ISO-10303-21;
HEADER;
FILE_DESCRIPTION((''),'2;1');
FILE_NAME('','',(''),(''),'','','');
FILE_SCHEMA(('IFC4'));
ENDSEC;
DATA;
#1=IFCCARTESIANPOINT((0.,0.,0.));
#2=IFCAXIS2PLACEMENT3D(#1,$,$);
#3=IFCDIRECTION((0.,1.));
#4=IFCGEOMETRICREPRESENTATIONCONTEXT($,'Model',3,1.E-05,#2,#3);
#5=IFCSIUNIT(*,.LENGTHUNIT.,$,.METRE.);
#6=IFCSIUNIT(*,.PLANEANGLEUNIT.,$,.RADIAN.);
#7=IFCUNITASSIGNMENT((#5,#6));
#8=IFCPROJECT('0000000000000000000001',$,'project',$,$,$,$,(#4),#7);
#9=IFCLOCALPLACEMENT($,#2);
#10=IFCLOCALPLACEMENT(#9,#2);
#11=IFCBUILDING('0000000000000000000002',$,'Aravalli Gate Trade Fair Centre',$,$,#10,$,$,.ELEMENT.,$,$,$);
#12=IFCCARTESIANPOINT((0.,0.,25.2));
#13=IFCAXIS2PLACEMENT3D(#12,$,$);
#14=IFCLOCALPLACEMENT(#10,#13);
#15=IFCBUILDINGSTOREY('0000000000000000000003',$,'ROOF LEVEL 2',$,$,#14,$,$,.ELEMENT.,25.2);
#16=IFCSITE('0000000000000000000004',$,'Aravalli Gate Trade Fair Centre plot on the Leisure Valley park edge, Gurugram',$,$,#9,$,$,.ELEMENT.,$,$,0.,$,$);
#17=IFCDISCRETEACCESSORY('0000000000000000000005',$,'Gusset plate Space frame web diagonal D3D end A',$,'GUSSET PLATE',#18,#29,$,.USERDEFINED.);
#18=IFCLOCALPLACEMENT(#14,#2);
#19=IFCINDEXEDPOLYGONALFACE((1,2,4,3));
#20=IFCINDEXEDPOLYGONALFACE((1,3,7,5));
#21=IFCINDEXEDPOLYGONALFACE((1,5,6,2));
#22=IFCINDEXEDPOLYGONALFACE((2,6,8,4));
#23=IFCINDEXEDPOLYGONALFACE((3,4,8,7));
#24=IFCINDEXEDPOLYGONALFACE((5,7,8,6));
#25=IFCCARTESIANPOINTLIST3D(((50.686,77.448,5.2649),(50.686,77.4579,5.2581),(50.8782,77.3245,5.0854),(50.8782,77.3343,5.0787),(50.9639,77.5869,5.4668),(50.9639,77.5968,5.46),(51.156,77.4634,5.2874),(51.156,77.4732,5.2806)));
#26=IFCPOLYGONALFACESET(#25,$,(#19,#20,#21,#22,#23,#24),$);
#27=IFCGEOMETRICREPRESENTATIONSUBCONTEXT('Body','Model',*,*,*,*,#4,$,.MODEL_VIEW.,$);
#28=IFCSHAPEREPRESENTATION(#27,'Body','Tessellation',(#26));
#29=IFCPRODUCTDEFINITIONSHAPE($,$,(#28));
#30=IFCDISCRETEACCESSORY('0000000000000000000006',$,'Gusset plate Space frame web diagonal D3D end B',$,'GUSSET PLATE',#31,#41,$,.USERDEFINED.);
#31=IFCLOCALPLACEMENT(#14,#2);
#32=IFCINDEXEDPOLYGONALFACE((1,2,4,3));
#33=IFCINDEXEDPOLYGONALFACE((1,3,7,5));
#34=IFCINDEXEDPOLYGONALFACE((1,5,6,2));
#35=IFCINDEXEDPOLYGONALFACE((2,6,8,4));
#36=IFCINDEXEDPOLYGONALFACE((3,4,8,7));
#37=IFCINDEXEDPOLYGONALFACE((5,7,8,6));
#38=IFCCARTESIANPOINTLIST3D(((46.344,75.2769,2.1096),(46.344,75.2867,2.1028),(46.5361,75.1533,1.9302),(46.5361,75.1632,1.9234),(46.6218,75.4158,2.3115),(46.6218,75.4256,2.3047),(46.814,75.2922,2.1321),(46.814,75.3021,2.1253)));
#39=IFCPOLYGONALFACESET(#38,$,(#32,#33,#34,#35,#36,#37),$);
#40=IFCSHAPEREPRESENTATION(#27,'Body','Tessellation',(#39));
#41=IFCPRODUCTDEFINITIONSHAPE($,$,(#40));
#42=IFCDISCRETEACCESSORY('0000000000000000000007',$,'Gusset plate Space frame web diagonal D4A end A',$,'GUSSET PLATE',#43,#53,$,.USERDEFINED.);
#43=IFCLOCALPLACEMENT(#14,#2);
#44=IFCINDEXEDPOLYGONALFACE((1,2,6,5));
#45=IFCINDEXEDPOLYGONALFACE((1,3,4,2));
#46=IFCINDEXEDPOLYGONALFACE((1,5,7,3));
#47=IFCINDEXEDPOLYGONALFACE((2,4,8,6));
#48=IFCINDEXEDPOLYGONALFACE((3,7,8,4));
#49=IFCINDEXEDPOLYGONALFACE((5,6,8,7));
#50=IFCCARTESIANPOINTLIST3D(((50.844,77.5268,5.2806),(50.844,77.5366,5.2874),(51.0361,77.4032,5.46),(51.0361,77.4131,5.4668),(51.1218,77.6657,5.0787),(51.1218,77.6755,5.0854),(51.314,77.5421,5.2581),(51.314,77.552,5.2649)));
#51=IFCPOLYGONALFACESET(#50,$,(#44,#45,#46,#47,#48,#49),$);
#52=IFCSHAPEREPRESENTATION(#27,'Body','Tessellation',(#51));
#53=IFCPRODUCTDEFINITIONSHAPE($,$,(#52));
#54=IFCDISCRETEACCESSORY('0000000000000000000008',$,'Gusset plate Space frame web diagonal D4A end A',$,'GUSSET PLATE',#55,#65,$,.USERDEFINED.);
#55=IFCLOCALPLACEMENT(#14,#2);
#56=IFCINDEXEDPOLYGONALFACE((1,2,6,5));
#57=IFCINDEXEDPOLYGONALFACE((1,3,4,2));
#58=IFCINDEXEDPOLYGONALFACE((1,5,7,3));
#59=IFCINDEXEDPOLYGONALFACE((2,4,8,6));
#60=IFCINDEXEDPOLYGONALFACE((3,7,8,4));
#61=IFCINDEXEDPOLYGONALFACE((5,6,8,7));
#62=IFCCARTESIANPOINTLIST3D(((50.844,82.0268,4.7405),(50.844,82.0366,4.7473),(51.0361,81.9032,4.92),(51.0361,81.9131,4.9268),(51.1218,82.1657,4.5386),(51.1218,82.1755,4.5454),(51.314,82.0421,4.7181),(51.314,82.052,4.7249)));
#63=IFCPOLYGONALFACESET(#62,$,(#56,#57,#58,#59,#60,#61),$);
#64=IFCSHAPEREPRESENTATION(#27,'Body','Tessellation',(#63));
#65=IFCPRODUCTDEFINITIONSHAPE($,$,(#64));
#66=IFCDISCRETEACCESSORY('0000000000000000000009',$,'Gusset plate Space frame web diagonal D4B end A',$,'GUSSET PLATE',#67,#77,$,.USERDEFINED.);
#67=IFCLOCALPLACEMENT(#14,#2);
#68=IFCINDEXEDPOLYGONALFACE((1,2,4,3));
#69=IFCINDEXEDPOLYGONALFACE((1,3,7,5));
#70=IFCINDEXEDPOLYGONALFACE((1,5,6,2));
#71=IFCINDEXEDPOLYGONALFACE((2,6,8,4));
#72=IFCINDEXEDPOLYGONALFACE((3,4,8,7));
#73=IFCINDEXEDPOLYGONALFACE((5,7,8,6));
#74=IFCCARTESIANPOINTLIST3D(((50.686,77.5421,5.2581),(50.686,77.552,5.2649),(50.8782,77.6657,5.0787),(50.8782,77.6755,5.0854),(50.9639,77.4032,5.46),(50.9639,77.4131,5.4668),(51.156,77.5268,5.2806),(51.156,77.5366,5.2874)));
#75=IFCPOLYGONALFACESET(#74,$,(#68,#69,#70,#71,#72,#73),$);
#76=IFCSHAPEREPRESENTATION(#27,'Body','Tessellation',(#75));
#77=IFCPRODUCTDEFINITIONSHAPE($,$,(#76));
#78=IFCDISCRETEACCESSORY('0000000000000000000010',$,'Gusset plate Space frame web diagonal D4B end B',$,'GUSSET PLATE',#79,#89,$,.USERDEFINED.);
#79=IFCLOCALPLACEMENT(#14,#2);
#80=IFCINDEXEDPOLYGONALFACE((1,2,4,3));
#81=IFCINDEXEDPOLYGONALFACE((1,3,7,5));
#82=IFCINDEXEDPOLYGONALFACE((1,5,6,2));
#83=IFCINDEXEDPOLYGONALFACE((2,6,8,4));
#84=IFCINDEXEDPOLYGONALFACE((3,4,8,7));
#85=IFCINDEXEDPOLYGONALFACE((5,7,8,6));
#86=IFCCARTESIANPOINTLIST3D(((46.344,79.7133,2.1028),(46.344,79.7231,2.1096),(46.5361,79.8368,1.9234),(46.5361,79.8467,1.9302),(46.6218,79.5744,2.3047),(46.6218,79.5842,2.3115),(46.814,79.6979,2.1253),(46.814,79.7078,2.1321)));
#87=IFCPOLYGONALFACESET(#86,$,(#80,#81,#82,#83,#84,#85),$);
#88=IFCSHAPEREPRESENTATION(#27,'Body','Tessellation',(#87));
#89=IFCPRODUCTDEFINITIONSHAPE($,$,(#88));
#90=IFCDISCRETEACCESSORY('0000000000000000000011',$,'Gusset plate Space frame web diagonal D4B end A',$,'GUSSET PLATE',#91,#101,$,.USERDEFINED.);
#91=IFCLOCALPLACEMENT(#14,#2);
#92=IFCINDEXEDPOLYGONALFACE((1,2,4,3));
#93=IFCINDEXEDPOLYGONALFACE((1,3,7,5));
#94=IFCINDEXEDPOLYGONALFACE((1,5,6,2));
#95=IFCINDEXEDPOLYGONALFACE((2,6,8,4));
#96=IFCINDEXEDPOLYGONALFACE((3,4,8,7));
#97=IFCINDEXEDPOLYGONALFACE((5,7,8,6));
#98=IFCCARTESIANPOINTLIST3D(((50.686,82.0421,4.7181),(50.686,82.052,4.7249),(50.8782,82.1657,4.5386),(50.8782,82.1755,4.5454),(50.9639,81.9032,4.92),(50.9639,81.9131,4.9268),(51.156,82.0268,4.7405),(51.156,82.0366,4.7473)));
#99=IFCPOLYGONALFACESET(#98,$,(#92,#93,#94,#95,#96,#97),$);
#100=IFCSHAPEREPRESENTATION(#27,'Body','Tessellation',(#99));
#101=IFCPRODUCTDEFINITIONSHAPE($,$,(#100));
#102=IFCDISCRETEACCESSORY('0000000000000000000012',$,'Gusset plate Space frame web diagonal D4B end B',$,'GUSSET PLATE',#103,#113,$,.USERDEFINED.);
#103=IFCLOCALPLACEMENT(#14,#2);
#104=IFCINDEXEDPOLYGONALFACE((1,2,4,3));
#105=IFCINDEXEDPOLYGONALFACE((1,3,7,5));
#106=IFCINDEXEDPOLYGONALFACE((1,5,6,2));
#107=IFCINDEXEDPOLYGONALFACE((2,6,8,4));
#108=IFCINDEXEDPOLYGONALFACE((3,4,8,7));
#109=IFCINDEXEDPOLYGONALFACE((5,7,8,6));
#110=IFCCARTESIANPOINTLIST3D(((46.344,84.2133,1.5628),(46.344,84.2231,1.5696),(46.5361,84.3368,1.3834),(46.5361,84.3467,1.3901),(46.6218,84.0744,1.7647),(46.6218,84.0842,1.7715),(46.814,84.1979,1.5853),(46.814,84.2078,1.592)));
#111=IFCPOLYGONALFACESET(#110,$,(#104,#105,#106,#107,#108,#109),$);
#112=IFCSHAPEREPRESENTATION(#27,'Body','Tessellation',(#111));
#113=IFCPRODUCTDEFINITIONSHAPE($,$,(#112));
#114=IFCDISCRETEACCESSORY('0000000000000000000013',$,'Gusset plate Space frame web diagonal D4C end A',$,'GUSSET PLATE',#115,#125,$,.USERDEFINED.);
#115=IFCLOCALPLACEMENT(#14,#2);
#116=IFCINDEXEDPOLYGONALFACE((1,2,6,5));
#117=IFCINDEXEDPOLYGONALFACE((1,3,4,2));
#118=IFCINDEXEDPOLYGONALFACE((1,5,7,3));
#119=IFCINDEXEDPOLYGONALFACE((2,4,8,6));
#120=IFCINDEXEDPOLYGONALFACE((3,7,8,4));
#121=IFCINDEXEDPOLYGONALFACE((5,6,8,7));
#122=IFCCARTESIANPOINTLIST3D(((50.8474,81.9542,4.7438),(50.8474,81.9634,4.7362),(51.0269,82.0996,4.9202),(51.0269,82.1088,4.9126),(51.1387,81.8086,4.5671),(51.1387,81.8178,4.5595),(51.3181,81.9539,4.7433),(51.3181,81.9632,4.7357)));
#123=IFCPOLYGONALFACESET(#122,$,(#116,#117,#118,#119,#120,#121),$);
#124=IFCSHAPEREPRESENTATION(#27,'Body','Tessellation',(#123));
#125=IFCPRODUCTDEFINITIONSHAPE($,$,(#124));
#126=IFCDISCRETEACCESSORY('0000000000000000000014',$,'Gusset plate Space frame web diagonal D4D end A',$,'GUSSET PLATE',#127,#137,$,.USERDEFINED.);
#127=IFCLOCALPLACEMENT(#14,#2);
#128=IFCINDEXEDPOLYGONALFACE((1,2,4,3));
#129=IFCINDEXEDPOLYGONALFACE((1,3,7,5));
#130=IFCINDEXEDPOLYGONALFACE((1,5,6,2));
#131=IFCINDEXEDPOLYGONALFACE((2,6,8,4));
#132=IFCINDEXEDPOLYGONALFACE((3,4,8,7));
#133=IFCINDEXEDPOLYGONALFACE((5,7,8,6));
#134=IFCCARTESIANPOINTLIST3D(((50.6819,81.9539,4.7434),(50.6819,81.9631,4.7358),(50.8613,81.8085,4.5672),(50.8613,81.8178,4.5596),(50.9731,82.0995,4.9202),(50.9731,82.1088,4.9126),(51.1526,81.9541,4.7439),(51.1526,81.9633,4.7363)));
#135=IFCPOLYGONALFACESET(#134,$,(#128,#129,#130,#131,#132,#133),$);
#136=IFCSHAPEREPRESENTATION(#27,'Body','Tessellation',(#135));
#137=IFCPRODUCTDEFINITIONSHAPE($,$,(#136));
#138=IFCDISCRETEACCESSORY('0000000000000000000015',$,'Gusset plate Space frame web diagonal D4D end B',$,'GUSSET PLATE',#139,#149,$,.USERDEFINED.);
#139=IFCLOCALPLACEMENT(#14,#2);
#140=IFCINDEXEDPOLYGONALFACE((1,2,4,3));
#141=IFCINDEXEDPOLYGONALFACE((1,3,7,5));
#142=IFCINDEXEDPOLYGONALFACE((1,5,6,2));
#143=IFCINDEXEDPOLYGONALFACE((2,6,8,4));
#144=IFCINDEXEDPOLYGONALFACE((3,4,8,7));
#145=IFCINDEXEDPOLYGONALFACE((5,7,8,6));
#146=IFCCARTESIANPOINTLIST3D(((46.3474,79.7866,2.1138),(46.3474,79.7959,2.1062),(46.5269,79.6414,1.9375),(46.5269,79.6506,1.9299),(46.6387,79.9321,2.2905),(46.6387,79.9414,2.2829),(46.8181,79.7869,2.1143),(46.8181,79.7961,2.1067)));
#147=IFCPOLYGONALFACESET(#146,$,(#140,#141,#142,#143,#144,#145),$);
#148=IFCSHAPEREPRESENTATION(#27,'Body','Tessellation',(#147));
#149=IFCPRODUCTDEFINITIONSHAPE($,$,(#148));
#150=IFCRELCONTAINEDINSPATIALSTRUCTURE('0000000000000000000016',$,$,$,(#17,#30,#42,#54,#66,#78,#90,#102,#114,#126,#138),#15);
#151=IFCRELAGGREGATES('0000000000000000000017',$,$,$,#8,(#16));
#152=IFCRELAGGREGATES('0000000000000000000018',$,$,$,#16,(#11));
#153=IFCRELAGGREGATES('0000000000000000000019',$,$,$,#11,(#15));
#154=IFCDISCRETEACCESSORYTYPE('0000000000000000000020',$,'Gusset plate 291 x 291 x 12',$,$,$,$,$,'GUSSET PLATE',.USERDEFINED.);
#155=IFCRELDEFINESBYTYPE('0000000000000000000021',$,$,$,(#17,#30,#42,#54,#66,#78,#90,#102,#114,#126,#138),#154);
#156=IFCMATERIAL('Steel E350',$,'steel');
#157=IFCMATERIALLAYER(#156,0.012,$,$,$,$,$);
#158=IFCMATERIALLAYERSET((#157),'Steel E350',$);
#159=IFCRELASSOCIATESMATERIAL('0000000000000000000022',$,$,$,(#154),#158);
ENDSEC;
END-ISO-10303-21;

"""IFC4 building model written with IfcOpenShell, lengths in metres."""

from ifc_helpers import new_model, si_unit, direction, frame, origin, place, context, subcontext, project, spatial, polyline, outline, extrude, material, layer, layer_set, type_object, element, save


model = new_model("IFC4")

# Units and contexts
model_context = context("Model", 3, precision=1e-05, world=origin(), true_north=direction((0.0, 1.0)))
body_context = subcontext(model_context, "Body", "Model", "MODEL_VIEW")
ifc_project = project(units=[si_unit("LENGTHUNIT", "METRE"), si_unit("PLANEANGLEUNIT", "RADIAN")], contexts=[model_context])

# Site, building, storey
site_placement = place(None, origin())
site = spatial("IfcSite", under=ifc_project, at=site_placement, Name="Aravalli Gate Trade Fair Centre plot on the Leisure Valley park edge, Gurugram", CompositionType="ELEMENT", RefElevation=0.0)
building_placement = place(site_placement, origin())
building = spatial("IfcBuilding", under=site, at=building_placement, Name="Aravalli Gate Trade Fair Centre", CompositionType="ELEMENT")
storey_placement = place(building_placement, frame((0.0, 0.0, 25.2)))
storey = spatial("IfcBuildingStorey", under=building, at=storey_placement, Name="ROOF LEVEL 2", CompositionType="ELEMENT", Elevation=25.2)

# Shared definitions
ifc_material_1 = material(Name="Steel E350", Category="steel")

# Discrete accessories
ifc_layer_1 = layer(ifc_material_1, 0.012)
ifc_layer_set_1 = layer_set([ifc_layer_1], Name="Steel E350")
discrete_accessory_type = type_object("IfcDiscreteAccessoryType", Name="Gusset plate 291 x 291 x 12", ElementType="GUSSET PLATE", PredefinedType="USERDEFINED", material=ifc_layer_set_1)
discrete_accessory_1_placement = place(storey_placement, frame((50.686, 77.448, 5.2649), z_axis=(-0.000137, -0.82375, 0.566952), x_axis=(0.749929, 0.374965, 0.544984)))
element("IfcDiscreteAccessory", 1, at=discrete_accessory_1_placement, inside=storey, type_object=discrete_accessory_type, Name="Gusset plate Space frame web diagonal D3D end A", ObjectType="GUSSET PLATE", PredefinedType="USERDEFINED", context=body_context, shape_type="SweptSolid", body=[
    extrude(outline(polyline([(0.0, 0.0), (0.3705, 0.0), (0.3705, -0.2905), (0.0, -0.2905), (0.0, 0.0)])), origin(), (0.0, 0.0, -1.0), 0.012),
])
for number, where, z_axis, x_axis, name in (
    (2, (46.6218, 75.4158, 2.3115), (-0.000137, -0.82375, 0.566952), (-0.749929, -0.374965, -0.544984), "Gusset plate Space frame web diagonal D3D end B"),
    (3, (51.1218, 77.6755, 5.0854), (0.000137, 0.82375, 0.566952), (-0.749929, -0.374965, 0.544984), "Gusset plate Space frame web diagonal D4A end A"),
    (4, (51.1218, 82.1755, 4.5454), (0.000137, 0.82375, 0.566952), (-0.749929, -0.374965, 0.544984), "Gusset plate Space frame web diagonal D4A end A"),
):
    element("IfcDiscreteAccessory", number, at=place(storey_placement, frame(where, z_axis=z_axis, x_axis=x_axis)), inside=storey, type_object=discrete_accessory_type, Name=name, ObjectType="GUSSET PLATE", PredefinedType="USERDEFINED", context=body_context, shape_type="SweptSolid", body=[
        extrude(outline(polyline([(0.0, 0.0), (0.3705, 0.0), (0.3705, 0.2905), (0.0, 0.2905), (0.0, 0.0)])), origin(), (0.0, 0.0, -1.0), 0.012),
    ])
discrete_accessory_2_placement = place(storey_placement, frame((50.686, 77.552, 5.2649), z_axis=(-0.000137, 0.82375, 0.566952), x_axis=(0.749929, -0.374965, 0.544984)))
element("IfcDiscreteAccessory", 5, at=discrete_accessory_2_placement, inside=storey, type_object=discrete_accessory_type, Name="Gusset plate Space frame web diagonal D4B end A", ObjectType="GUSSET PLATE", PredefinedType="USERDEFINED", context=body_context, shape_type="SweptSolid", body=[
    extrude(outline(polyline([(0.0, 0.0), (0.3705, 0.0), (0.3705, 0.2905), (0.0, 0.2905), (0.0, 0.0)])), origin(), (0.0, 0.0, -1.0), 0.012),
])
discrete_accessory_3_placement = place(storey_placement, frame((46.6218, 79.5842, 2.3115), z_axis=(-0.000137, 0.82375, 0.566952), x_axis=(-0.749929, 0.374965, -0.544984)))
element("IfcDiscreteAccessory", 6, at=discrete_accessory_3_placement, inside=storey, type_object=discrete_accessory_type, Name="Gusset plate Space frame web diagonal D4B end B", ObjectType="GUSSET PLATE", PredefinedType="USERDEFINED", context=body_context, shape_type="SweptSolid", body=[
    extrude(outline(polyline([(0.0, 0.0), (0.3705, 0.0), (0.3705, -0.2905), (0.0, -0.2905), (0.0, 0.0)])), origin(), (0.0, 0.0, -1.0), 0.012),
])
discrete_accessory_4_placement = place(storey_placement, frame((50.686, 82.052, 4.7249), z_axis=(-0.000137, 0.82375, 0.566952), x_axis=(0.749929, -0.374965, 0.544984)))
element("IfcDiscreteAccessory", 7, at=discrete_accessory_4_placement, inside=storey, type_object=discrete_accessory_type, Name="Gusset plate Space frame web diagonal D4B end A", ObjectType="GUSSET PLATE", PredefinedType="USERDEFINED", context=body_context, shape_type="SweptSolid", body=[
    extrude(outline(polyline([(0.0, 0.0), (0.3705, 0.0), (0.3705, 0.2905), (0.0, 0.2905), (0.0, 0.0)])), origin(), (0.0, 0.0, -1.0), 0.012),
])
discrete_accessory_5_placement = place(storey_placement, frame((46.6218, 84.0842, 1.7715), z_axis=(-0.000137, 0.82375, 0.566952), x_axis=(-0.749929, 0.374965, -0.544984)))
element("IfcDiscreteAccessory", 8, at=discrete_accessory_5_placement, inside=storey, type_object=discrete_accessory_type, Name="Gusset plate Space frame web diagonal D4B end B", ObjectType="GUSSET PLATE", PredefinedType="USERDEFINED", context=body_context, shape_type="SweptSolid", body=[
    extrude(outline(polyline([(0.0, 0.0), (0.3705, 0.0), (0.3705, -0.2905), (0.0, -0.2905), (0.0, 0.0)])), origin(), (0.0, 0.0, -1.0), 0.012),
])
discrete_accessory_6_placement = place(storey_placement, frame((51.1387, 81.8086, 4.5671), z_axis=(0.00026, -0.771582, 0.63613), x_axis=(-0.78619, 0.392962, 0.476956)))
element("IfcDiscreteAccessory", 9, at=discrete_accessory_6_placement, inside=storey, type_object=discrete_accessory_type, Name="Gusset plate Space frame web diagonal D4C end A", ObjectType="GUSSET PLATE", PredefinedType="USERDEFINED", context=body_context, shape_type="SweptSolid", body=[
    extrude(outline(polyline([(0.0, 0.0), (0.3705, 0.0), (0.3706, -0.2906), (0.0001, -0.2905), (0.0, 0.0)])), origin(), (0.0, 0.0, -1.0), 0.012),
])
discrete_accessory_7_placement = place(storey_placement, frame((50.6819, 81.9539, 4.7434), z_axis=(-0.00026, -0.771582, 0.63613), x_axis=(0.785986, 0.393126, 0.477156)))
element("IfcDiscreteAccessory", 10, at=discrete_accessory_7_placement, inside=storey, type_object=discrete_accessory_type, Name="Gusset plate Space frame web diagonal D4D end A", ObjectType="GUSSET PLATE", PredefinedType="USERDEFINED", context=body_context, shape_type="SweptSolid", body=[
    extrude(outline(polyline([(0.0, 0.0), (0.3706, 0.0), (0.3703, -0.2906), (-0.0002, -0.2905), (0.0, 0.0)])), origin(), (0.0, 0.0, -1.0), 0.012),
])
discrete_accessory_8_placement = place(storey_placement, frame((46.6387, 79.9321, 2.2905), z_axis=(-0.000259, -0.771844, 0.635812), x_axis=(-0.78619, -0.392765, -0.477118)))
element("IfcDiscreteAccessory", 11, at=discrete_accessory_8_placement, inside=storey, type_object=discrete_accessory_type, Name="Gusset plate Space frame web diagonal D4D end B", ObjectType="GUSSET PLATE", PredefinedType="USERDEFINED", context=body_context, shape_type="SweptSolid", body=[
    extrude(outline(polyline([(0.0, 0.0), (0.3705, 0.0), (0.3705, 0.2905), (0.0001, 0.2905), (0.0, 0.0)])), origin(), (0.0, 0.0, -1.0), 0.012),
])

save(model, "model.ifc")
